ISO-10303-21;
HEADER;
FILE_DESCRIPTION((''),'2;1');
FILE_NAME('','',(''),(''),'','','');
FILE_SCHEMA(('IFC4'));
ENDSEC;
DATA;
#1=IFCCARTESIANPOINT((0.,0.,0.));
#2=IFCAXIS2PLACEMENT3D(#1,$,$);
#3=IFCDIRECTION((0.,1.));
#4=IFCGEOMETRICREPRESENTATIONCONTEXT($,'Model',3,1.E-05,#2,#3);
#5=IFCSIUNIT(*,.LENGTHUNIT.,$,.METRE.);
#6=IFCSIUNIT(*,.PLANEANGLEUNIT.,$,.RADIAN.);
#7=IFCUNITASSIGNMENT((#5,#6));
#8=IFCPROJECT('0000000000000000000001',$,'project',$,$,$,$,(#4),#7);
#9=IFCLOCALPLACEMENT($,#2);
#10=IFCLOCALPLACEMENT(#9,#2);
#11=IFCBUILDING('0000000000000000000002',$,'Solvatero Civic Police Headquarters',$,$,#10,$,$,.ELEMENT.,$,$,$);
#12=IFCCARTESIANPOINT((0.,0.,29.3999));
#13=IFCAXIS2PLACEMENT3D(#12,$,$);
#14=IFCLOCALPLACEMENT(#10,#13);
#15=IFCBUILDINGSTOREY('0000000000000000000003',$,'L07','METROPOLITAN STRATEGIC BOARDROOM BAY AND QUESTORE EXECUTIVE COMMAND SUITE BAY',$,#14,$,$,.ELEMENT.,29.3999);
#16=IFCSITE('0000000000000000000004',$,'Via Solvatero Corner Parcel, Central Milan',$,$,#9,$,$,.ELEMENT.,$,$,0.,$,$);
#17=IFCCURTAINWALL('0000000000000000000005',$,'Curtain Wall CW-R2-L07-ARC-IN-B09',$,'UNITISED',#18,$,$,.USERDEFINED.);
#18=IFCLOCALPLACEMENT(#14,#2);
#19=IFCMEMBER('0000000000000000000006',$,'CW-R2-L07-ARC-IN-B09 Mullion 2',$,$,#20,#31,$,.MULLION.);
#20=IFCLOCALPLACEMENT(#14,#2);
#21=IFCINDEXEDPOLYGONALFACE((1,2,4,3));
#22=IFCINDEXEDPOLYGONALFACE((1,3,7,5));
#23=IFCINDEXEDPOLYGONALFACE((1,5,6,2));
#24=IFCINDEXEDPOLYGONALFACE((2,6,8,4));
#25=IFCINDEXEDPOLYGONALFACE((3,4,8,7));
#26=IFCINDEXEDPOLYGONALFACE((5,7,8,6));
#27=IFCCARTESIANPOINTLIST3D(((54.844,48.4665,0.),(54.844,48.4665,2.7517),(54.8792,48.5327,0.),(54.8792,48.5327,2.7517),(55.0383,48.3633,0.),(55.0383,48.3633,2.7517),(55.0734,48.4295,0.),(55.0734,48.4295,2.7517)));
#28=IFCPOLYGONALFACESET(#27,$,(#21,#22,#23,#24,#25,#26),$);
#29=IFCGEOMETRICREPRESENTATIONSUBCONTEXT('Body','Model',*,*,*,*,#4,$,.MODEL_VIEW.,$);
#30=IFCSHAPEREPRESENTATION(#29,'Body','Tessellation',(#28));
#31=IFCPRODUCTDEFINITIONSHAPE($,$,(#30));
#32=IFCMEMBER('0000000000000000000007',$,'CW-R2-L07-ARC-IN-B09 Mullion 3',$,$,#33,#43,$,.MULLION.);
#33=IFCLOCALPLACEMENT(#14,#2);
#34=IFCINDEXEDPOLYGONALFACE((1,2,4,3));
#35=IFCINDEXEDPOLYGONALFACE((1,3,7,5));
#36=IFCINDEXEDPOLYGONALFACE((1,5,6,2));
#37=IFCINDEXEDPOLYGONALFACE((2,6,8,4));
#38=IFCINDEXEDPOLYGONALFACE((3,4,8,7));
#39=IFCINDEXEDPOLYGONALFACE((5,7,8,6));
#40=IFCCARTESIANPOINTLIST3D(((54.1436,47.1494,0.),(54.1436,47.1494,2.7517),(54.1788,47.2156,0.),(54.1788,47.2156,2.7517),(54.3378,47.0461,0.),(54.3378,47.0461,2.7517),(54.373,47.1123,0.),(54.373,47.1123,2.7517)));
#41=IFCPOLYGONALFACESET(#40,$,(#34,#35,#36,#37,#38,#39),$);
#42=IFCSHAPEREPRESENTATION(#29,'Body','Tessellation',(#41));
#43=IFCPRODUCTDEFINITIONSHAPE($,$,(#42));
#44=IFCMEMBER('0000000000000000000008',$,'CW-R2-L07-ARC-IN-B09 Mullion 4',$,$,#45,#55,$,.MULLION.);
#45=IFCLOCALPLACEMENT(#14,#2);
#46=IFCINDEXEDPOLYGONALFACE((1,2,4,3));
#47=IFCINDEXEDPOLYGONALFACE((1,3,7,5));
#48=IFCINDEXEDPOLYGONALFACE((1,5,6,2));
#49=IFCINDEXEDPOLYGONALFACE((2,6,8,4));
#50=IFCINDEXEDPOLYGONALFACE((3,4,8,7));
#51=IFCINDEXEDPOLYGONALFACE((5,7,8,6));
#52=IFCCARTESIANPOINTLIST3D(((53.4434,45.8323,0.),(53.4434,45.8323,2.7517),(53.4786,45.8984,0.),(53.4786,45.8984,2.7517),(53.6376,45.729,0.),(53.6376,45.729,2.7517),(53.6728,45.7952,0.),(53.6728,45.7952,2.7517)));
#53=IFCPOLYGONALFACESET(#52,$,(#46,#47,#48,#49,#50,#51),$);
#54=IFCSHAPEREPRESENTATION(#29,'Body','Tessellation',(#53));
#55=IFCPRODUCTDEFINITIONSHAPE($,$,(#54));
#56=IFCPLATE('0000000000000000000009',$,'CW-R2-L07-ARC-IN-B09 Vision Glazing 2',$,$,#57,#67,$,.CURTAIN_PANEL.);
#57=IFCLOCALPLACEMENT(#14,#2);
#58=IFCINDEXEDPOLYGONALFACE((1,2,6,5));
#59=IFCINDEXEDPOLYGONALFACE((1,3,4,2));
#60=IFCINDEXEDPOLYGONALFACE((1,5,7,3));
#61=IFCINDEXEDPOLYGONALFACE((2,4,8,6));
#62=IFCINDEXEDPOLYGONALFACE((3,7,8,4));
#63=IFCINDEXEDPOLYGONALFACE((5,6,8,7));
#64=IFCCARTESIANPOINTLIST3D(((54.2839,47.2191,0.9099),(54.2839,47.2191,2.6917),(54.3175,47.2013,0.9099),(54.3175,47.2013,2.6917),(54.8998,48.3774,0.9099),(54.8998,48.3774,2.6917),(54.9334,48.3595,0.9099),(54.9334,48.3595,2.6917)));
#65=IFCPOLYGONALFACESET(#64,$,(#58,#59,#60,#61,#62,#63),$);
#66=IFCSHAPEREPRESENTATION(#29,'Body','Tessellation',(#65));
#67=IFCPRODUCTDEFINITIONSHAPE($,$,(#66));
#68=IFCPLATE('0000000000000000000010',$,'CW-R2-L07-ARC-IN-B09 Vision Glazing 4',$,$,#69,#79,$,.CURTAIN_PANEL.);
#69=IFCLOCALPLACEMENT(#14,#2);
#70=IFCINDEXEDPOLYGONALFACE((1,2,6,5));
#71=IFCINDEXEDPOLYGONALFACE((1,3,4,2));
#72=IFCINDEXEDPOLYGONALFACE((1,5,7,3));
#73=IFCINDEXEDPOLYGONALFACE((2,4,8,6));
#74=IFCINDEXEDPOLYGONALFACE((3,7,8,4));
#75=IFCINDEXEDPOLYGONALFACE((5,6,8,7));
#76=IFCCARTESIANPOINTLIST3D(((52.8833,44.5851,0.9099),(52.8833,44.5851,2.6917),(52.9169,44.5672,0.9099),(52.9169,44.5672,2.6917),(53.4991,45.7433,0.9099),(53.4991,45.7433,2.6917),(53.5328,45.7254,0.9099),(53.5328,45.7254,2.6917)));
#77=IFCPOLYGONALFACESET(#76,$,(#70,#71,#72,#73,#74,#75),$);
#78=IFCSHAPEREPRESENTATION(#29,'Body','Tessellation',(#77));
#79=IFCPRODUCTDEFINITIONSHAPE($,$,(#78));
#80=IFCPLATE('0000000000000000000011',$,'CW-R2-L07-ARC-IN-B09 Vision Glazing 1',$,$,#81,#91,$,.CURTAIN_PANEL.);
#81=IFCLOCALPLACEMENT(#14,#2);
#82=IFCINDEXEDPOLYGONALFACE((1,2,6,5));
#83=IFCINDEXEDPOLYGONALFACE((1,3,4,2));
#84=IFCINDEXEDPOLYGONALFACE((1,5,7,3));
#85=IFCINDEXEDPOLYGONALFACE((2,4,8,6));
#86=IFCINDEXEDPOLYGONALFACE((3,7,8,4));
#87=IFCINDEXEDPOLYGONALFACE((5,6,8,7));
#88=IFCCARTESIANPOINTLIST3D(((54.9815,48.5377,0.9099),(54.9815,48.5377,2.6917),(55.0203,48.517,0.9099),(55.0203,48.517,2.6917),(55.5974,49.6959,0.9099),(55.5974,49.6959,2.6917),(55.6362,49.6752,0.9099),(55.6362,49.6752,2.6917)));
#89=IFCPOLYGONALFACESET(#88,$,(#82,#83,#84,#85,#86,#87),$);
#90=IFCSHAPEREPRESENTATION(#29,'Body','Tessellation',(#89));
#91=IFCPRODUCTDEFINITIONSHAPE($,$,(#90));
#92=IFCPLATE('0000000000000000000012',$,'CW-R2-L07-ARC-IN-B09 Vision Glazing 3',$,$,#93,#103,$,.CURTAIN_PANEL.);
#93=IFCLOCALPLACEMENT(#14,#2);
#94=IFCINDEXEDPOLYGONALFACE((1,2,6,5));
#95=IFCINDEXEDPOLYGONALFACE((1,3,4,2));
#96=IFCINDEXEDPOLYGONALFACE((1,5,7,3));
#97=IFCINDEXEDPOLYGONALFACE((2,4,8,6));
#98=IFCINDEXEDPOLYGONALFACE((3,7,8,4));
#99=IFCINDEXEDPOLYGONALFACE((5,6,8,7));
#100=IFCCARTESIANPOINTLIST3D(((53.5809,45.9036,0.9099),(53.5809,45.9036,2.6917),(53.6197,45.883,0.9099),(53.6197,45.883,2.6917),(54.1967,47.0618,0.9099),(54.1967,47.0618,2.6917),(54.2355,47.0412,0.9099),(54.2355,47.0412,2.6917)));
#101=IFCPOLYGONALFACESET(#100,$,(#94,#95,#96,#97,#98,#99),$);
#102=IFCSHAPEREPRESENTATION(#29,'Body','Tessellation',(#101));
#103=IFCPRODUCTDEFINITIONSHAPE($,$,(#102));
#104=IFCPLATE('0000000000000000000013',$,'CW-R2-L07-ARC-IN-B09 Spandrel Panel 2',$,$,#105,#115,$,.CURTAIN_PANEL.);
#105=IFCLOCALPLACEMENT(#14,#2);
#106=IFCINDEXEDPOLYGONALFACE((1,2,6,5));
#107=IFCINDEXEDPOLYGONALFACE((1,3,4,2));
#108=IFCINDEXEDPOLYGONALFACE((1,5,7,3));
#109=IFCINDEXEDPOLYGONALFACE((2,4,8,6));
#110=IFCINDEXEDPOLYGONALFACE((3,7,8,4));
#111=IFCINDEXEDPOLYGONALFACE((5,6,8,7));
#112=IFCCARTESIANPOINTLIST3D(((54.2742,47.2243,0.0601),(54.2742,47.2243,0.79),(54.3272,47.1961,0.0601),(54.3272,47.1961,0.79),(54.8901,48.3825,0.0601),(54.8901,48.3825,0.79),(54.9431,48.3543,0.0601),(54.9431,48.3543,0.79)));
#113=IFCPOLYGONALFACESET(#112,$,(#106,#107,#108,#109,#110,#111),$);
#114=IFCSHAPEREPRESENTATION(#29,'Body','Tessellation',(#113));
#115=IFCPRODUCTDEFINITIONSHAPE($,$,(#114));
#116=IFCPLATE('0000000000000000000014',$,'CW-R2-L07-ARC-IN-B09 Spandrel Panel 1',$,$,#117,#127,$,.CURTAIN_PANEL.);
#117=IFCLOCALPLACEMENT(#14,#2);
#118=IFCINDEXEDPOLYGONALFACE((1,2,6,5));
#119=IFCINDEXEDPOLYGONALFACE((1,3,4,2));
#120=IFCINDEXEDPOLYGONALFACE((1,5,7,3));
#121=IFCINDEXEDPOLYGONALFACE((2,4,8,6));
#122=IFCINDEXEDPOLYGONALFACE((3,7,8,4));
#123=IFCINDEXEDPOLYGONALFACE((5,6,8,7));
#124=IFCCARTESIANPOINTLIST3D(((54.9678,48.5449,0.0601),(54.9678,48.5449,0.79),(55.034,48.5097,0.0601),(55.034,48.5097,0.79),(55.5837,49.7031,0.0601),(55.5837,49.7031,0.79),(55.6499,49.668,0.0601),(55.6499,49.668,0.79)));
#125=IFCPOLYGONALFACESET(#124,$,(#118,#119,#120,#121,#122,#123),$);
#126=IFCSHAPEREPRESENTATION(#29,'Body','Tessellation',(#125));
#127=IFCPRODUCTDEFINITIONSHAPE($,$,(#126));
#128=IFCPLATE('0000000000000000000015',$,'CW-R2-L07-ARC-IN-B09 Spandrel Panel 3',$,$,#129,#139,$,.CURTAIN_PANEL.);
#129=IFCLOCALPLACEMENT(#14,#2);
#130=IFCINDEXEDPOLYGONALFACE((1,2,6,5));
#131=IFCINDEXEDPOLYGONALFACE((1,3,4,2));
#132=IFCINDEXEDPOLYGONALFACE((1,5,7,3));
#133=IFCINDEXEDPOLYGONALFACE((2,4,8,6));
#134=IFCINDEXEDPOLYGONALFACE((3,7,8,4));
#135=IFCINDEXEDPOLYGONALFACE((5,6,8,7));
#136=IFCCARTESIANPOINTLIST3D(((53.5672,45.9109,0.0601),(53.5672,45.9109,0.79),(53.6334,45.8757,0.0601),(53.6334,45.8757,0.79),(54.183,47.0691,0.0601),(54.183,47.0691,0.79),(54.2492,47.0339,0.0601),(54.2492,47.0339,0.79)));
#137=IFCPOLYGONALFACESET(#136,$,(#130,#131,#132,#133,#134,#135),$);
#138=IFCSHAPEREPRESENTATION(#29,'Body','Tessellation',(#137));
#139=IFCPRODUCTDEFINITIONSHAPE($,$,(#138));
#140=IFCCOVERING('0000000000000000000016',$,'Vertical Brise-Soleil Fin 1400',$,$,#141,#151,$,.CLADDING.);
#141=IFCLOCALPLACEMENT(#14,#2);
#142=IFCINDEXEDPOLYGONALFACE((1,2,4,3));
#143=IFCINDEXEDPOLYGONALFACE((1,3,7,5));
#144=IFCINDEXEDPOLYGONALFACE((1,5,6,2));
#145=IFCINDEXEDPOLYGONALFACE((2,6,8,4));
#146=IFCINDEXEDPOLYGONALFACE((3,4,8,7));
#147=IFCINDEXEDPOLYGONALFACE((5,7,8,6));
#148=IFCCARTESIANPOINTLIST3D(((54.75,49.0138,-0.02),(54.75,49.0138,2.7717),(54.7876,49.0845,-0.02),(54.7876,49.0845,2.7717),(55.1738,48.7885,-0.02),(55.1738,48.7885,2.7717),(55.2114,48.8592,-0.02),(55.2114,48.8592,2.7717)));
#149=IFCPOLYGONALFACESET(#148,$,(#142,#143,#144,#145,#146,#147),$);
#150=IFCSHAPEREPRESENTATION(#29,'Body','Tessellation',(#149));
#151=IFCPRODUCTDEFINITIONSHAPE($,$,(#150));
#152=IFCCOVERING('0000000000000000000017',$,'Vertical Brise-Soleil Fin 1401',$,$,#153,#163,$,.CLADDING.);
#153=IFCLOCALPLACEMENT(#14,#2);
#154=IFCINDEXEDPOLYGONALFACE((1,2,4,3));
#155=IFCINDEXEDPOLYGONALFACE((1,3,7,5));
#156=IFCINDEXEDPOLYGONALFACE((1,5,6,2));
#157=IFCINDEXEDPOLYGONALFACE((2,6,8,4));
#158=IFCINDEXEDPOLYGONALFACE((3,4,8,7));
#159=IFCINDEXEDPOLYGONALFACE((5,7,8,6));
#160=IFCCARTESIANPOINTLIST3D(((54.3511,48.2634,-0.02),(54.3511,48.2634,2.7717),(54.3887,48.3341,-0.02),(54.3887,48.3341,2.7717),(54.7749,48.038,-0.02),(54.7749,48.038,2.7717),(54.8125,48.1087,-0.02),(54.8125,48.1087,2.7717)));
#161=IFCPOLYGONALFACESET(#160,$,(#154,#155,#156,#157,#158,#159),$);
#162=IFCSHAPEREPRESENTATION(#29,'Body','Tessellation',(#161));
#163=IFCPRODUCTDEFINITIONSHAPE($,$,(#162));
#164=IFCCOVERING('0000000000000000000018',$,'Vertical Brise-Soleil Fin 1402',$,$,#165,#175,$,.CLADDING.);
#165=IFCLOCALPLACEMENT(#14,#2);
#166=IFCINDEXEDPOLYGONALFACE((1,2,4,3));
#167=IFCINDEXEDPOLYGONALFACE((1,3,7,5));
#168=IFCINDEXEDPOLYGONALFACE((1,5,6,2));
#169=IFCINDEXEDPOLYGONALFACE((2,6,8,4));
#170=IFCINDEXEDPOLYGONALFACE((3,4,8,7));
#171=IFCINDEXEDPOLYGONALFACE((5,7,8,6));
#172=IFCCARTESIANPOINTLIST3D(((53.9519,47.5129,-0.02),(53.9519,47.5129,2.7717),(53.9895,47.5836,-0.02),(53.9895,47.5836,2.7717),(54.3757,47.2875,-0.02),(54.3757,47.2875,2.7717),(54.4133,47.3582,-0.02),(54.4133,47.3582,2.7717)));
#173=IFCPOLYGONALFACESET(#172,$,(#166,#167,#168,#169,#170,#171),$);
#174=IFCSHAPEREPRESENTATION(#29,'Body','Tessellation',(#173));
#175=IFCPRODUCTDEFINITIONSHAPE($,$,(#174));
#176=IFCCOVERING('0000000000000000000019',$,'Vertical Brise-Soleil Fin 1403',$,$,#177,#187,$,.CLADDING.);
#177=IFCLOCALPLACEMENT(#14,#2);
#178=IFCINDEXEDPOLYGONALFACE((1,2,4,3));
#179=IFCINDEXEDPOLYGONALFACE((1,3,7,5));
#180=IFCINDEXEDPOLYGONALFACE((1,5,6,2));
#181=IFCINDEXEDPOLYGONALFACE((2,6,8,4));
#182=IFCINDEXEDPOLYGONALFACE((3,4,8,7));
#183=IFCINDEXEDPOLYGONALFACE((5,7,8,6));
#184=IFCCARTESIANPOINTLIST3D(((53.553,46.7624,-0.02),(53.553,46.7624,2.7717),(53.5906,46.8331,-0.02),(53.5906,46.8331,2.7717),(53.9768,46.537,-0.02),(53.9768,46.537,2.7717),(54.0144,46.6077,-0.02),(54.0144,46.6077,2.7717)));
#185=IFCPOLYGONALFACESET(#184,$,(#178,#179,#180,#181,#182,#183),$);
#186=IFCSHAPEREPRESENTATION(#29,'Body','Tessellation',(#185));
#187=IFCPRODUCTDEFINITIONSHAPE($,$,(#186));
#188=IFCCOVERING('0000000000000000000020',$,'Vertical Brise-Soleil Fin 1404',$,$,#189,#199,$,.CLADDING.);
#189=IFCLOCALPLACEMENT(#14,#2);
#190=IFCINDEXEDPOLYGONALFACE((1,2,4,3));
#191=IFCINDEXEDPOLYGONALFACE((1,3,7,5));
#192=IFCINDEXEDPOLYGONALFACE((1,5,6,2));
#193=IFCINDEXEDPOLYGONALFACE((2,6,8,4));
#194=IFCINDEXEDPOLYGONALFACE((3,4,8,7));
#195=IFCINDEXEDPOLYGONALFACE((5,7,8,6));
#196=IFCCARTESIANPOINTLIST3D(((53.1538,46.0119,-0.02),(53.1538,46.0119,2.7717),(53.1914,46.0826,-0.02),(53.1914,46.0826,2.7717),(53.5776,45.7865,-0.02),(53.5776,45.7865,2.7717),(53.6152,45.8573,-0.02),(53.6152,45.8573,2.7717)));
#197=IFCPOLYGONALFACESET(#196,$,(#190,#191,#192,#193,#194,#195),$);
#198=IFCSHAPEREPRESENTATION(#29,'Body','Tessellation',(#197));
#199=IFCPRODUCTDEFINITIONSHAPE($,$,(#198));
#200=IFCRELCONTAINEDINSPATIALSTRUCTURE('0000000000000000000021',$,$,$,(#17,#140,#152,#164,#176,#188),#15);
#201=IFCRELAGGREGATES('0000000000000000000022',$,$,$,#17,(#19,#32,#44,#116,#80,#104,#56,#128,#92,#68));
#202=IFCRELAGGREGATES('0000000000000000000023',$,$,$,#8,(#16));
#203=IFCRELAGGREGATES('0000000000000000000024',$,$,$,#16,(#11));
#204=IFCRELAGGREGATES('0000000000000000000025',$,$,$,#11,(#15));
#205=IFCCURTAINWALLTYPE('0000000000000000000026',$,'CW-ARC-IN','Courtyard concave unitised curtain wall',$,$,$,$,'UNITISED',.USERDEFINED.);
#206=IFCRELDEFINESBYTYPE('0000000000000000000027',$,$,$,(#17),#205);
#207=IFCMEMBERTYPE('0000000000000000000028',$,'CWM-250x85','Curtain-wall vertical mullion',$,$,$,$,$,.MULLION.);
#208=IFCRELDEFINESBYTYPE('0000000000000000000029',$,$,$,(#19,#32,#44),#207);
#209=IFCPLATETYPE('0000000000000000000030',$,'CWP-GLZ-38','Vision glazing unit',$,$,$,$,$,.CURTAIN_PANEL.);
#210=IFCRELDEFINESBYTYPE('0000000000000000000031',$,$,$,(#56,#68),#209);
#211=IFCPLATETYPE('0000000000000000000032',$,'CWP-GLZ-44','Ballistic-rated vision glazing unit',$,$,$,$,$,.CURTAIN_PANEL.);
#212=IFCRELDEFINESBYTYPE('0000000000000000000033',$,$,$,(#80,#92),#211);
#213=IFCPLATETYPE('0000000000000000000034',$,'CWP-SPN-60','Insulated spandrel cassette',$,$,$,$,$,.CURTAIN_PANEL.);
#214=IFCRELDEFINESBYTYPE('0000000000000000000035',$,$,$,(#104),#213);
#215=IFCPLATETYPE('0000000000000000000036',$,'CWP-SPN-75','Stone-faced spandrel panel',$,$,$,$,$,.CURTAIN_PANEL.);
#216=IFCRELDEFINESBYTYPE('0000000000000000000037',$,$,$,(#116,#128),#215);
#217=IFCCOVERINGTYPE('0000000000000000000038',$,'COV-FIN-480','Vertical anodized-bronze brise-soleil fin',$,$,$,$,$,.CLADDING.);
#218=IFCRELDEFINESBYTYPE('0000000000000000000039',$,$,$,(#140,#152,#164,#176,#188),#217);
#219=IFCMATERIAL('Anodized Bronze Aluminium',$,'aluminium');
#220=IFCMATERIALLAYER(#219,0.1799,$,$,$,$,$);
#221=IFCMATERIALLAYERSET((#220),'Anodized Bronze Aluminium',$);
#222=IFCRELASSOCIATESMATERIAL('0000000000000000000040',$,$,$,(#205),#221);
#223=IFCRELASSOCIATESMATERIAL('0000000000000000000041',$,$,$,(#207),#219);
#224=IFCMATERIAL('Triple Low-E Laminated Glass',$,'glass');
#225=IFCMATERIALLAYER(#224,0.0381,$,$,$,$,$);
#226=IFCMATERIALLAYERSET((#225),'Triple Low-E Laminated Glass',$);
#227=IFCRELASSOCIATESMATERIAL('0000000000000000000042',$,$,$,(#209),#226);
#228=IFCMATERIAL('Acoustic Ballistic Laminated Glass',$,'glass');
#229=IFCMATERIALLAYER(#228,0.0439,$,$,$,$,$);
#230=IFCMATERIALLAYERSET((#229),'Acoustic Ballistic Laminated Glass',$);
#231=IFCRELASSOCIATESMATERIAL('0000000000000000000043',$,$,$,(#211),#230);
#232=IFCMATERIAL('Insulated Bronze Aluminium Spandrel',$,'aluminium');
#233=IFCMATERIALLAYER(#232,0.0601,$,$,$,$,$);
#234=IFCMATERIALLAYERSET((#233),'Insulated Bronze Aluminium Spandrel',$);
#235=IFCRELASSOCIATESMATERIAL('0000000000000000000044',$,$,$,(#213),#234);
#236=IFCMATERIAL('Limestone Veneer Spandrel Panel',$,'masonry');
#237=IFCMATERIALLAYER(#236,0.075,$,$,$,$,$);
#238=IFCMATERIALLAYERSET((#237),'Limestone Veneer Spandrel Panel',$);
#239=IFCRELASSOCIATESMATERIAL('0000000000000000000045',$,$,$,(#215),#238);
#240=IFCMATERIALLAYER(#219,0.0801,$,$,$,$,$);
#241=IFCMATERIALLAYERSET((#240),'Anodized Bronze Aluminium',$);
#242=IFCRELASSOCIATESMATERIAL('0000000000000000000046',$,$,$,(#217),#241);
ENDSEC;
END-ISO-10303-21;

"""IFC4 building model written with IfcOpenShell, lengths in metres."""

from ifc_helpers import new_model, si_unit, direction, frame, origin, origin_2d, place, context, subcontext, project, spatial, rectangle, extrude, material, layer, layer_set, material_profile, profile_set, type_object, element, aggregate, save


model = new_model("IFC4")

# Units and contexts
model_context = context("Model", 3, precision=1e-05, world=origin(), true_north=direction((0.0, 1.0)))
body_context = subcontext(model_context, "Body", "Model", "MODEL_VIEW")
ifc_project = project(units=[si_unit("LENGTHUNIT", "METRE"), si_unit("PLANEANGLEUNIT", "RADIAN")], contexts=[model_context])

# Site, building, storey
site_placement = place(None, origin())
site = spatial("IfcSite", under=ifc_project, at=site_placement, Name="Via Solvatero Corner Parcel, Central Milan", CompositionType="ELEMENT", RefElevation=0.0)
building_placement = place(site_placement, origin())
building = spatial("IfcBuilding", under=site, at=building_placement, Name="Solvatero Civic Police Headquarters", CompositionType="ELEMENT")
storey_placement = place(building_placement, frame((0.0, 0.0, 29.3999)))
storey = spatial("IfcBuildingStorey", under=building, at=storey_placement, Name="L07", Description="METROPOLITAN STRATEGIC BOARDROOM BAY AND QUESTORE EXECUTIVE COMMAND SUITE BAY", CompositionType="ELEMENT", Elevation=29.3999)

# Curtain wall, members, plates
ifc_material_1 = material(Name="Anodized Bronze Aluminium", Category="aluminium")
ifc_layer_1 = layer(ifc_material_1, 0.1799)
ifc_layer_set_1 = layer_set([ifc_layer_1], Name="Anodized Bronze Aluminium")
curtain_wall_type = type_object("IfcCurtainWallType", Name="CW-ARC-IN", Description="Courtyard concave unitised curtain wall", ElementType="UNITISED", PredefinedType="USERDEFINED", material=ifc_layer_set_1)
curtain_wall_placement = place(storey_placement, origin())
curtain_wall = element("IfcCurtainWall", 1, at=curtain_wall_placement, inside=storey, type_object=curtain_wall_type, Name="Curtain Wall CW-R2-L07-ARC-IN-B09", ObjectType="UNITISED", PredefinedType="USERDEFINED")
ifc_material_profile = material_profile(ifc_material_1, rectangle(XDim=0.075, YDim=0.22, at=origin_2d()), Name="ALU MULLION 75x220")
ifc_profile_set = profile_set([ifc_material_profile], Name="Anodized Bronze Aluminium")
member_type = type_object("IfcMemberType", Name="CWM-250x85", Description="Curtain-wall vertical mullion", PredefinedType="MULLION", material=ifc_profile_set)
member_1_placement = place(storey_placement, frame((54.9587, 48.448, 0.0), z_axis=(0.0, 0.0, 1.0), x_axis=(-0.469487, -0.882939, 0.0)))
member_1 = element("IfcMember", 2, at=member_1_placement, type_object=member_type, Name="CW-R2-L07-ARC-IN-B09 Mullion 2", PredefinedType="MULLION", context=body_context, shape_type="SweptSolid", body=[
    extrude(rectangle(XDim=0.075, YDim=0.22, at=origin_2d()), origin(), (0.0, 0.0, 1.0), 2.7517),
])
member_2_placement = place(storey_placement, frame((54.2583, 47.1309, 0.0), z_axis=(0.0, 0.0, 1.0), x_axis=(-0.469487, -0.882939, 0.0)))
member_2 = element("IfcMember", 3, at=member_2_placement, type_object=member_type, Name="CW-R2-L07-ARC-IN-B09 Mullion 3", PredefinedType="MULLION", context=body_context, shape_type="SweptSolid", body=[
    extrude(rectangle(XDim=0.075, YDim=0.22, at=origin_2d()), origin(), (0.0, 0.0, 1.0), 2.7517),
])
member_3_placement = place(storey_placement, frame((53.5581, 45.8137, 0.0), z_axis=(0.0, 0.0, 1.0), x_axis=(-0.469487, -0.882939, 0.0)))
member_3 = element("IfcMember", 4, at=member_3_placement, type_object=member_type, Name="CW-R2-L07-ARC-IN-B09 Mullion 4", PredefinedType="MULLION", context=body_context, shape_type="SweptSolid", body=[
    extrude(rectangle(XDim=0.075, YDim=0.22, at=origin_2d()), origin(), (0.0, 0.0, 1.0), 2.7517),
])
ifc_material_2 = material(Name="Triple Low-E Laminated Glass", Category="glass")
ifc_layer_2 = layer(ifc_material_2, 0.0381)
ifc_layer_set_2 = layer_set([ifc_layer_2], Name="Triple Low-E Laminated Glass")
plate_type_1 = type_object("IfcPlateType", Name="CWP-GLZ-38", Description="Vision glazing unit", PredefinedType="CURTAIN_PANEL", material=ifc_layer_set_2)
plate_1_placement = place(storey_placement, frame((54.6086, 47.7893, 0.9099), z_axis=(0.0, 0.0, 1.0), x_axis=(-0.469487, -0.882939, 0.0)))
plate_1 = element("IfcPlate", 5, at=plate_1_placement, type_object=plate_type_1, Name="CW-R2-L07-ARC-IN-B09 Vision Glazing 2", PredefinedType="CURTAIN_PANEL", context=body_context, shape_type="SweptSolid", body=[
    extrude(rectangle(XDim=1.3118, YDim=0.0381, at=origin_2d()), origin(), (0.0, 0.0, 1.0), 1.7817),
])
plate_2_placement = place(storey_placement, frame((53.208, 45.1553, 0.9099), z_axis=(0.0, 0.0, 1.0), x_axis=(-0.469487, -0.882939, 0.0)))
plate_2 = element("IfcPlate", 6, at=plate_2_placement, type_object=plate_type_1, Name="CW-R2-L07-ARC-IN-B09 Vision Glazing 4", PredefinedType="CURTAIN_PANEL", context=body_context, shape_type="SweptSolid", body=[
    extrude(rectangle(XDim=1.3118, YDim=0.0381, at=origin_2d()), origin(), (0.0, 0.0, 1.0), 1.7817),
])
ifc_material_3 = material(Name="Acoustic Ballistic Laminated Glass", Category="glass")
ifc_layer_3 = layer(ifc_material_3, 0.0439)
ifc_layer_set_3 = layer_set([ifc_layer_3], Name="Acoustic Ballistic Laminated Glass")
plate_type_2 = type_object("IfcPlateType", Name="CWP-GLZ-44", Description="Ballistic-rated vision glazing unit", PredefinedType="CURTAIN_PANEL", material=ifc_layer_set_3)
plate_3_placement = place(storey_placement, frame((55.3088, 49.1064, 0.9099), z_axis=(0.0, 0.0, 1.0), x_axis=(-0.469487, -0.882939, 0.0)))
plate_3 = element("IfcPlate", 7, at=plate_3_placement, type_object=plate_type_2, Name="CW-R2-L07-ARC-IN-B09 Vision Glazing 1", PredefinedType="CURTAIN_PANEL", context=body_context, shape_type="SweptSolid", body=[
    extrude(rectangle(XDim=1.3118, YDim=0.0439, at=origin_2d()), origin(), (0.0, 0.0, 1.0), 1.7817),
])
plate_4_placement = place(storey_placement, frame((53.9082, 46.4724, 0.9099), z_axis=(0.0, 0.0, 1.0), x_axis=(-0.469487, -0.882939, 0.0)))
plate_4 = element("IfcPlate", 8, at=plate_4_placement, type_object=plate_type_2, Name="CW-R2-L07-ARC-IN-B09 Vision Glazing 3", PredefinedType="CURTAIN_PANEL", context=body_context, shape_type="SweptSolid", body=[
    extrude(rectangle(XDim=1.3118, YDim=0.0439, at=origin_2d()), origin(), (0.0, 0.0, 1.0), 1.7817),
])
ifc_material_4 = material(Name="Insulated Bronze Aluminium Spandrel", Category="aluminium")
ifc_layer_4 = layer(ifc_material_4, 0.0601)
ifc_layer_set_4 = layer_set([ifc_layer_4], Name="Insulated Bronze Aluminium Spandrel")
plate_type_3 = type_object("IfcPlateType", Name="CWP-SPN-60", Description="Insulated spandrel cassette", PredefinedType="CURTAIN_PANEL", material=ifc_layer_set_4)
plate_5_placement = place(storey_placement, frame((54.6086, 47.7893, 0.0601), z_axis=(0.0, 0.0, 1.0), x_axis=(-0.469487, -0.882939, 0.0)))
plate_5 = element("IfcPlate", 9, at=plate_5_placement, type_object=plate_type_3, Name="CW-R2-L07-ARC-IN-B09 Spandrel Panel 2", PredefinedType="CURTAIN_PANEL", context=body_context, shape_type="SweptSolid", body=[
    extrude(rectangle(XDim=1.3118, YDim=0.0601, at=origin_2d()), origin(), (0.0, 0.0, 1.0), 0.73),
])
ifc_material_5 = material(Name="Limestone Veneer Spandrel Panel", Category="masonry")
ifc_layer_5 = layer(ifc_material_5, 0.075)
ifc_layer_set_5 = layer_set([ifc_layer_5], Name="Limestone Veneer Spandrel Panel")
plate_type_4 = type_object("IfcPlateType", Name="CWP-SPN-75", Description="Stone-faced spandrel panel", PredefinedType="CURTAIN_PANEL", material=ifc_layer_set_5)
plate_6_placement = place(storey_placement, frame((55.3088, 49.1064, 0.0601), z_axis=(0.0, 0.0, 1.0), x_axis=(-0.469487, -0.882939, 0.0)))
plate_6 = element("IfcPlate", 10, at=plate_6_placement, type_object=plate_type_4, Name="CW-R2-L07-ARC-IN-B09 Spandrel Panel 1", PredefinedType="CURTAIN_PANEL", context=body_context, shape_type="SweptSolid", body=[
    extrude(rectangle(XDim=1.3118, YDim=0.075, at=origin_2d()), origin(), (0.0, 0.0, 1.0), 0.73),
])
plate_7_placement = place(storey_placement, frame((53.9082, 46.4724, 0.0601), z_axis=(0.0, 0.0, 1.0), x_axis=(-0.469487, -0.882939, 0.0)))
plate_7 = element("IfcPlate", 11, at=plate_7_placement, type_object=plate_type_4, Name="CW-R2-L07-ARC-IN-B09 Spandrel Panel 3", PredefinedType="CURTAIN_PANEL", context=body_context, shape_type="SweptSolid", body=[
    extrude(rectangle(XDim=1.3118, YDim=0.075, at=origin_2d()), origin(), (0.0, 0.0, 1.0), 0.73),
])
aggregate(curtain_wall, [member_1, member_2, member_3, plate_6, plate_3, plate_5, plate_1, plate_7, plate_4, plate_2])

# Coverings
ifc_layer_6 = layer(ifc_material_1, 0.0801)
ifc_layer_set_6 = layer_set([ifc_layer_6], Name="Anodized Bronze Aluminium")
covering_type = type_object("IfcCoveringType", Name="COV-FIN-480", Description="Vertical anodized-bronze brise-soleil fin", PredefinedType="CLADDING", material=ifc_layer_set_6)
for number, where, z_axis, x_axis, name in (
    (12, (54.9807, 48.9365, -0.02), (0.0, 0.0, 1.0), (-0.469487, -0.882939, 0.0), "Vertical Brise-Soleil Fin 1400"),
    (13, (54.5818, 48.186, -0.02), (0.0, 0.0, 1.0), (-0.469487, -0.882939, 0.0), "Vertical Brise-Soleil Fin 1401"),
    (14, (54.1826, 47.4355, -0.02), (0.0, 0.0, 1.0), (-0.469487, -0.882939, 0.0), "Vertical Brise-Soleil Fin 1402"),
    (15, (53.7837, 46.6851, -0.02), (0.0, 0.0, 1.0), (-0.469487, -0.882939, 0.0), "Vertical Brise-Soleil Fin 1403"),
    (16, (53.3845, 45.9346, -0.02), (0.0, 0.0, 1.0), (-0.469487, -0.882939, 0.0), "Vertical Brise-Soleil Fin 1404"),
):
    element("IfcCovering", number, at=place(storey_placement, frame(where, z_axis=z_axis, x_axis=x_axis)), inside=storey, type_object=covering_type, Name=name, PredefinedType="CLADDING", context=body_context, shape_type="SweptSolid", body=[
        extrude(rectangle(XDim=0.0801, YDim=0.48, at=origin_2d()), origin(), (0.0, 0.0, 1.0), 2.7917),
    ])

save(model, "model.ifc")
